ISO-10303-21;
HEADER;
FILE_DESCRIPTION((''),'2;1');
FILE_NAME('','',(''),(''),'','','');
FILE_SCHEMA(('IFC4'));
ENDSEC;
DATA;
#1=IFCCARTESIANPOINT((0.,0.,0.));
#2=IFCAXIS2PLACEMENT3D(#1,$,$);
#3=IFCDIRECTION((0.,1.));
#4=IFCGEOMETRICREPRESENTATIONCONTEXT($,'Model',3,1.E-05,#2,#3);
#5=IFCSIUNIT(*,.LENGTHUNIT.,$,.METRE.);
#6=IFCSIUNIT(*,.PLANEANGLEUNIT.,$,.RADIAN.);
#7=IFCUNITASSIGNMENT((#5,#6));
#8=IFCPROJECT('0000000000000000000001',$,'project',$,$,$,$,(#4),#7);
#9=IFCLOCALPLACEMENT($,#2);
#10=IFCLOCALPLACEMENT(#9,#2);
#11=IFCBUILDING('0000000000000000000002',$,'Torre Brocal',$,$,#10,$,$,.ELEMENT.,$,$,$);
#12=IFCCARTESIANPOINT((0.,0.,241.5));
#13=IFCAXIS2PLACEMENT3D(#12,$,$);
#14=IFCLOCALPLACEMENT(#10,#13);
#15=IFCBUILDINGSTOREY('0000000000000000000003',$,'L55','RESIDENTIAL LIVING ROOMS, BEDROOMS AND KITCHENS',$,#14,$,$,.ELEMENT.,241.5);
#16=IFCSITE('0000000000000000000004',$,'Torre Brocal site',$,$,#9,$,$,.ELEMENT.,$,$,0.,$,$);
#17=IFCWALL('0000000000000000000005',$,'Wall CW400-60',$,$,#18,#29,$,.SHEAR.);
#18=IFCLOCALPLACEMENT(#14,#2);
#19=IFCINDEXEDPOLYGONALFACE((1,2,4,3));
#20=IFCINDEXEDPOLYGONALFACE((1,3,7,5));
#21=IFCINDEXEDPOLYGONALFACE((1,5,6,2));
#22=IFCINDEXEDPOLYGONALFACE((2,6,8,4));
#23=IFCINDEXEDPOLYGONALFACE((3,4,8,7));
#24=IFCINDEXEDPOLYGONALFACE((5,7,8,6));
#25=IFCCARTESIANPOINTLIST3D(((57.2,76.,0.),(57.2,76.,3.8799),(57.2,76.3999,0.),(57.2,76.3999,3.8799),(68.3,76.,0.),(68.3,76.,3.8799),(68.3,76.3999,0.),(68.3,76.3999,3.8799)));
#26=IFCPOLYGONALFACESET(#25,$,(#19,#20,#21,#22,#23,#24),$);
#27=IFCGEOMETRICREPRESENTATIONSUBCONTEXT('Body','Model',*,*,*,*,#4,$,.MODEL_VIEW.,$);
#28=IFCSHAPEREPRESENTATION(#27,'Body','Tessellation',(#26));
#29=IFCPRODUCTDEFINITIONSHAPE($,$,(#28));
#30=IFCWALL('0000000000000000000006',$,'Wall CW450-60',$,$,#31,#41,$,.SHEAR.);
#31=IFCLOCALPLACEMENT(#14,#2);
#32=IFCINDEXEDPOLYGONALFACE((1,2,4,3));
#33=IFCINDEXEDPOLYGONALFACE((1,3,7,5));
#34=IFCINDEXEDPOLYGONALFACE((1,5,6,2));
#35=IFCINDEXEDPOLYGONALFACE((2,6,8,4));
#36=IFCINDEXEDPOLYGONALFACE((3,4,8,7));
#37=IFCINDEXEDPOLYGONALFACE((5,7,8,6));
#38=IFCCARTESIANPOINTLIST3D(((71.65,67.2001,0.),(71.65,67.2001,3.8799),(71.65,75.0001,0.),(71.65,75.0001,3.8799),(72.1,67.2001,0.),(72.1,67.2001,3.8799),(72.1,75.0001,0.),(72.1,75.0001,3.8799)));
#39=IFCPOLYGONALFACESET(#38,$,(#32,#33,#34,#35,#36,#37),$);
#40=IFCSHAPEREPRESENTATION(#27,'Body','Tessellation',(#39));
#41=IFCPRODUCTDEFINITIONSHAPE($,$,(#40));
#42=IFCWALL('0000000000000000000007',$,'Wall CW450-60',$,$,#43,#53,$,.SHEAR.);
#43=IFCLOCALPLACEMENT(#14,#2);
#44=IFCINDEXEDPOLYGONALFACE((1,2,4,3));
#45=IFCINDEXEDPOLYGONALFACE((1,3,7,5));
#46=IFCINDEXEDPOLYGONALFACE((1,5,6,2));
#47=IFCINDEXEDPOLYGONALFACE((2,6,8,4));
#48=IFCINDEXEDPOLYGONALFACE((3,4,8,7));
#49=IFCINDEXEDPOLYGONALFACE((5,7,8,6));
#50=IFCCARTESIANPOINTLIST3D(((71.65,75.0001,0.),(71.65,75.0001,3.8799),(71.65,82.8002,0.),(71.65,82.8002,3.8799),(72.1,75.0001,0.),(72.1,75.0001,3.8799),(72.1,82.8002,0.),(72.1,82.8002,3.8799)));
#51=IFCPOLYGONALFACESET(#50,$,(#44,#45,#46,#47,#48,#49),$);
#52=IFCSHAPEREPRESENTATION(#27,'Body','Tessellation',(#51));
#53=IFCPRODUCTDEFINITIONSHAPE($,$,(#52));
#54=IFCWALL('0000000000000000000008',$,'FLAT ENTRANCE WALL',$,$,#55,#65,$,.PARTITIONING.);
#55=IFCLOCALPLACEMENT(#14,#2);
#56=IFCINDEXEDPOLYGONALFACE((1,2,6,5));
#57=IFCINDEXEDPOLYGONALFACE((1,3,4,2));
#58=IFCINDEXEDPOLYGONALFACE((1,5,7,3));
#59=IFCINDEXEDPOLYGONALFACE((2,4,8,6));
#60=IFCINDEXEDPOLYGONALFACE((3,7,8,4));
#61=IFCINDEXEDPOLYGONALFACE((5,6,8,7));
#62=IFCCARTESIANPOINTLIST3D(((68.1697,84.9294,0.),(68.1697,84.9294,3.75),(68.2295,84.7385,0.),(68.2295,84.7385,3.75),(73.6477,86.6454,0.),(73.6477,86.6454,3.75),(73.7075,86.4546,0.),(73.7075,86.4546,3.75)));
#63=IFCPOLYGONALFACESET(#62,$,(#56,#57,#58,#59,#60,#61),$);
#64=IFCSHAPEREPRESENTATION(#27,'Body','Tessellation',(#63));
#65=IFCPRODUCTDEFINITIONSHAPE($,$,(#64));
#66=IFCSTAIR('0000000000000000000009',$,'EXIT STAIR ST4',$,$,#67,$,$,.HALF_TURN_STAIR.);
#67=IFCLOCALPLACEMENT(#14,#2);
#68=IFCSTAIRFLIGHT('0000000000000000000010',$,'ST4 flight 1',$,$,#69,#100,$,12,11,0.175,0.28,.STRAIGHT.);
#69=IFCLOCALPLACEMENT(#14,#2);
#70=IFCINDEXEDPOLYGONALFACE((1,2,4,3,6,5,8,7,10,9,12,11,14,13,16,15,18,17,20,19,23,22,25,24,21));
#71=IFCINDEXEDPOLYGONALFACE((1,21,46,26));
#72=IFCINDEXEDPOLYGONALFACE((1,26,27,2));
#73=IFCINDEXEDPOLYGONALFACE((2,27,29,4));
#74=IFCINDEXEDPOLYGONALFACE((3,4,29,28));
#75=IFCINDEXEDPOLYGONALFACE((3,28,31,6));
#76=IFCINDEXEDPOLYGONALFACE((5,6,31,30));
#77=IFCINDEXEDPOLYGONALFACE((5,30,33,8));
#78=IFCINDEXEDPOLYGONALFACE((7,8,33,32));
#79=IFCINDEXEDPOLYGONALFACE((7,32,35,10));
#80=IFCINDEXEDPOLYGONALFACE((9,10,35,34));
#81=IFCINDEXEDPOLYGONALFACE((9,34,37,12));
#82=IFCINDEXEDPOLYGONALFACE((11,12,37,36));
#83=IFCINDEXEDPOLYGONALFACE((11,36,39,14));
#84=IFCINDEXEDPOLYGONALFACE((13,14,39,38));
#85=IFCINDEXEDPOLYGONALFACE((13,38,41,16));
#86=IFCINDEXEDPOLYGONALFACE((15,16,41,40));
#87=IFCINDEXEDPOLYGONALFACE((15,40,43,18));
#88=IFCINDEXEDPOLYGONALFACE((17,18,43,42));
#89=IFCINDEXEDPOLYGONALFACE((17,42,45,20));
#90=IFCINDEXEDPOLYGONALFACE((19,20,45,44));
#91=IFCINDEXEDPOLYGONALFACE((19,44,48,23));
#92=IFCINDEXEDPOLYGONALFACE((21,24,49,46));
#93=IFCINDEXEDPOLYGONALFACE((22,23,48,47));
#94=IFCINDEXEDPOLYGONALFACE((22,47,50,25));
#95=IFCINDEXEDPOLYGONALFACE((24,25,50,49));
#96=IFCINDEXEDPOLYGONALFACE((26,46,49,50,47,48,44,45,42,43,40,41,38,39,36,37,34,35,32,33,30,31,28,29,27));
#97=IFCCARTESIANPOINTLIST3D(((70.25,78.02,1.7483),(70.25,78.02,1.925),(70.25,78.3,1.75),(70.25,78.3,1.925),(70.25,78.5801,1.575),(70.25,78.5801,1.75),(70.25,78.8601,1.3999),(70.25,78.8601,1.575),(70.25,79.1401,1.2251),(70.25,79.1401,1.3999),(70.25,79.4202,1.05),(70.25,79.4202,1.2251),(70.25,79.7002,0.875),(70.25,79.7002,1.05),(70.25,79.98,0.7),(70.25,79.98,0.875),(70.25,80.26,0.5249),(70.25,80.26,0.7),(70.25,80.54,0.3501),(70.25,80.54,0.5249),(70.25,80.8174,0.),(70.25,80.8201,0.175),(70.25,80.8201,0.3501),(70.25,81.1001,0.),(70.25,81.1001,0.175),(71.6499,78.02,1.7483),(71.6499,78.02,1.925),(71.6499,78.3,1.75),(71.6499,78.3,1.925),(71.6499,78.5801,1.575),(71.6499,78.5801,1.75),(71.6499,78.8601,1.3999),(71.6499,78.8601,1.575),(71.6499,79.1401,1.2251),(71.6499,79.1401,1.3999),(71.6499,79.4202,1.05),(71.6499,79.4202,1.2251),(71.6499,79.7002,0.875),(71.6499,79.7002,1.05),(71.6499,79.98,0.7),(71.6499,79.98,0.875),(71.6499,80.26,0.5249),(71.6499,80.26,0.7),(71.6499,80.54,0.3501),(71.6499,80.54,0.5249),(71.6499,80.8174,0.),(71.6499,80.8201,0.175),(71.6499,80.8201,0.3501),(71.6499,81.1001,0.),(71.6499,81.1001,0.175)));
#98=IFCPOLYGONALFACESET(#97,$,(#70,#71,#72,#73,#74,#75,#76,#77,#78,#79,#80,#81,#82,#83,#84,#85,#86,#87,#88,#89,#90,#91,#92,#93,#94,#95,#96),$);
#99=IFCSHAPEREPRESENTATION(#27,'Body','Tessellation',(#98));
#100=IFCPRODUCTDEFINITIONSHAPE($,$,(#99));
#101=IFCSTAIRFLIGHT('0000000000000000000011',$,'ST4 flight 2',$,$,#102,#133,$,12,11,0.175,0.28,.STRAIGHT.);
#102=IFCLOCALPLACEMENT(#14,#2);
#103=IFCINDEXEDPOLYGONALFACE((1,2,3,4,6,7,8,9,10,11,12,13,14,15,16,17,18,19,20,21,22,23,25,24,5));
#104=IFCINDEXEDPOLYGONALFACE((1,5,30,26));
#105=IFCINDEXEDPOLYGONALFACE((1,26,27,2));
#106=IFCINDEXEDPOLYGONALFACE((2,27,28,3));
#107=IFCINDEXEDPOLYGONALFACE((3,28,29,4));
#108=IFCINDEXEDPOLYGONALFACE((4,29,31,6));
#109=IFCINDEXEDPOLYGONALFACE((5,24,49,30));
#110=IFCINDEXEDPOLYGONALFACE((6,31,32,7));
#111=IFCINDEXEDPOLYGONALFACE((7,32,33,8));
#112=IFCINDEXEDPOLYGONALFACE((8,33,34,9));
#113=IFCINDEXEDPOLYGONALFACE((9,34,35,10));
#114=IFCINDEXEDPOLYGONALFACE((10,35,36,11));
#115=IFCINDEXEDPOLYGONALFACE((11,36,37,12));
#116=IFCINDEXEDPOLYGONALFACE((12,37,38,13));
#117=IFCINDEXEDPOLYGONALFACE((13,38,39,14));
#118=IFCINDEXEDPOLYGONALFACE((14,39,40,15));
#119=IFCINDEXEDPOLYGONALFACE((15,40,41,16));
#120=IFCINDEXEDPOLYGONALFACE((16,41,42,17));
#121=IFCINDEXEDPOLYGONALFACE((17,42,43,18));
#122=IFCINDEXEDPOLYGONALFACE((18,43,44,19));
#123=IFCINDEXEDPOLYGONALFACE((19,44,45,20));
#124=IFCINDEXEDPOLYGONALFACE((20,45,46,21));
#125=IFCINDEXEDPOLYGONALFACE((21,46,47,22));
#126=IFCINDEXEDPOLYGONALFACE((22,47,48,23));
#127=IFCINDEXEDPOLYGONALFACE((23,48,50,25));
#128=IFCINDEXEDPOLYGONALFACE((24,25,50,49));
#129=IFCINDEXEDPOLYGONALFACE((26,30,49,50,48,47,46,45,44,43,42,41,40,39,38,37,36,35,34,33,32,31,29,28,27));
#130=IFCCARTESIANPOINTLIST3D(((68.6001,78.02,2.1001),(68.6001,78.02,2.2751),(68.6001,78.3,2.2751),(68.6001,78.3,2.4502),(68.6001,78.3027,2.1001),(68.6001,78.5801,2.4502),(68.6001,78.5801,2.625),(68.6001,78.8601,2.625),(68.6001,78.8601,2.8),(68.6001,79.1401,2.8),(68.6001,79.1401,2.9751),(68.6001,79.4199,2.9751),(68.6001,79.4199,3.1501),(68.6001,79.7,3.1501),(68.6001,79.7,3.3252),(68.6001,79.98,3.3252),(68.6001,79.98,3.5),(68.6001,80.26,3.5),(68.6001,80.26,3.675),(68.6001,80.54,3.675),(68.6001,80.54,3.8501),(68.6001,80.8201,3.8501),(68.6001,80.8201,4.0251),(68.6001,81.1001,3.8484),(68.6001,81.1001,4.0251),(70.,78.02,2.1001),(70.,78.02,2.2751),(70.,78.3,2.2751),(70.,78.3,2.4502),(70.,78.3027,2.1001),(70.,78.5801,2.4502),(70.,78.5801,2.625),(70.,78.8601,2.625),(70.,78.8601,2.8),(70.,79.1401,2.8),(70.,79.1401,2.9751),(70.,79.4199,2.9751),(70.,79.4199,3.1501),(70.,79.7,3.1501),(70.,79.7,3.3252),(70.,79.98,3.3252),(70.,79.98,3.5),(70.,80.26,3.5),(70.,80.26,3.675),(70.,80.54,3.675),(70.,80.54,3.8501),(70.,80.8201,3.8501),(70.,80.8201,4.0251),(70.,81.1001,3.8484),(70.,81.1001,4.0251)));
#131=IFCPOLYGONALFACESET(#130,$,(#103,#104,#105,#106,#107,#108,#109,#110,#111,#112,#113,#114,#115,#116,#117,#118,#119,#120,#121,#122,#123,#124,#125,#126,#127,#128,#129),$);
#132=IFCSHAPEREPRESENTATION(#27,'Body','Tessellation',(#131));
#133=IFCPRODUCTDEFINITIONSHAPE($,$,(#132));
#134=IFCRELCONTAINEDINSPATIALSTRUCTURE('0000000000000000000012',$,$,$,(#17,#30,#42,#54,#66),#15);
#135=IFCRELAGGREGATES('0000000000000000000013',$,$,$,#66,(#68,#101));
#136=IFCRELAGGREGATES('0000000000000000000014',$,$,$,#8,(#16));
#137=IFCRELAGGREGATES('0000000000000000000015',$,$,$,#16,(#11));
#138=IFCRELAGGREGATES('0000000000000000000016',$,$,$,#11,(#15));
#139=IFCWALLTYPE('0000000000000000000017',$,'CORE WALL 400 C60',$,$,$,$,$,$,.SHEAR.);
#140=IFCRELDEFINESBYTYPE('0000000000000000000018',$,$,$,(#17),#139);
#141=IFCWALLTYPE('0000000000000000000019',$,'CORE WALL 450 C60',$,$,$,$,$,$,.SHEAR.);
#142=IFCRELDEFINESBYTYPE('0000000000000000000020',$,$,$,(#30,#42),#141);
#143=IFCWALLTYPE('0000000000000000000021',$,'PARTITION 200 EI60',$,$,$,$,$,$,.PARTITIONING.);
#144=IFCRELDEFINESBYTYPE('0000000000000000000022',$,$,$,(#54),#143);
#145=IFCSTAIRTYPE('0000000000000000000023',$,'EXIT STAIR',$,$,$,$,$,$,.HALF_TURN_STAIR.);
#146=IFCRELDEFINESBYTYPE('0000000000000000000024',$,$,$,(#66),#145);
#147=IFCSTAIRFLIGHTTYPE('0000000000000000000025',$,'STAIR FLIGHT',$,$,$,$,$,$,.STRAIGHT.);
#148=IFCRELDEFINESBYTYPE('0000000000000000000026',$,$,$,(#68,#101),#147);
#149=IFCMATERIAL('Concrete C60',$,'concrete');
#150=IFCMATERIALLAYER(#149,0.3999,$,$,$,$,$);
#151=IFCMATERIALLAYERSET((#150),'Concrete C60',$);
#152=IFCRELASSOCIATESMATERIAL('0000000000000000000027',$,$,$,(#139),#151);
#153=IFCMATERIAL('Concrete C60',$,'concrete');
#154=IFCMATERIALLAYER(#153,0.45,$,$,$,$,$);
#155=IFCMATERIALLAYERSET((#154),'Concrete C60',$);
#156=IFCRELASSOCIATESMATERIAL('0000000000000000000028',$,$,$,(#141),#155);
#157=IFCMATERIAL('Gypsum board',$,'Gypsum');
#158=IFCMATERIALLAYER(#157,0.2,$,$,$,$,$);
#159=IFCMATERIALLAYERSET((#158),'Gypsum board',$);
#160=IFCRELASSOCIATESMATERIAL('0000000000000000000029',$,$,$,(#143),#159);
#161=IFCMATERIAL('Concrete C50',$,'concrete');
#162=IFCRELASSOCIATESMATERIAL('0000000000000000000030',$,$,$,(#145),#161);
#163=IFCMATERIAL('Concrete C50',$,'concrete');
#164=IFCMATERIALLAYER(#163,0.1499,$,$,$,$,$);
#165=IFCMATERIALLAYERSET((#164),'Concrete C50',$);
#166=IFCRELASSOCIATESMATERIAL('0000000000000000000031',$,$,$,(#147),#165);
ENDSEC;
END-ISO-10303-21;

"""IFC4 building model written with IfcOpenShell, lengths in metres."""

from ifc_helpers import new_model, si_unit, direction, frame, frame_2d, origin, place, context, subcontext, project, spatial, polyline, rectangle, outline, extrude, material, layer, layer_set, type_object, element, aggregate, save


model = new_model("IFC4")

# Units and contexts
model_context = context("Model", 3, precision=1e-05, world=origin(), true_north=direction((0.0, 1.0)))
body_context = subcontext(model_context, "Body", "Model", "MODEL_VIEW")
ifc_project = project(units=[si_unit("LENGTHUNIT", "METRE"), si_unit("PLANEANGLEUNIT", "RADIAN")], contexts=[model_context])

# Site, building, storey
site_placement = place(None, origin())
site = spatial("IfcSite", under=ifc_project, at=site_placement, Name="Torre Brocal site", CompositionType="ELEMENT", RefElevation=0.0)
building_placement = place(site_placement, origin())
building = spatial("IfcBuilding", under=site, at=building_placement, Name="Torre Brocal", CompositionType="ELEMENT")
storey_placement = place(building_placement, frame((0.0, 0.0, 241.5)))
storey = spatial("IfcBuildingStorey", under=building, at=storey_placement, Name="L55", Description="RESIDENTIAL LIVING ROOMS, BEDROOMS AND KITCHENS", CompositionType="ELEMENT", Elevation=241.5)

# Walls
ifc_material_1 = material(Name="Concrete C60", Category="concrete")
ifc_layer_1 = layer(ifc_material_1, 0.3999)
ifc_layer_set_1 = layer_set([ifc_layer_1], Name="Concrete C60")
wall_type_1 = type_object("IfcWallType", Name="CORE WALL 400 C60", PredefinedType="SHEAR", material=ifc_layer_set_1)
wall_1_placement = place(storey_placement, frame((68.3, 76.2, 0.0), z_axis=(0.0, 0.0, 1.0), x_axis=(-1.0, 0.0, 0.0)))
element("IfcWall", 1, at=wall_1_placement, inside=storey, type_object=wall_type_1, Name="Wall CW400-60", PredefinedType="SHEAR", context=body_context, shape_type="SweptSolid", body=[
    extrude(rectangle(XDim=11.1001, YDim=0.3999, at=frame_2d((5.55, 0.0))), origin(), (0.0, 0.0, 1.0), 3.8799),
])
ifc_material_2 = material(Name="Concrete C60", Category="concrete")
ifc_layer_2 = layer(ifc_material_2, 0.45)
ifc_layer_set_2 = layer_set([ifc_layer_2], Name="Concrete C60")
wall_type_2 = type_object("IfcWallType", Name="CORE WALL 450 C60", PredefinedType="SHEAR", material=ifc_layer_set_2)
for number, where, z_axis, x_axis, name in (
    (2, (71.875, 75.0, 0.0), (0.0, 0.0, 1.0), (0.0, -1.0, 0.0), "Wall CW450-60"),
    (3, (71.875, 82.8, 0.0), (0.0, 0.0, 1.0), (0.0, -1.0, 0.0), "Wall CW450-60"),
):
    element("IfcWall", number, at=place(storey_placement, frame(where, z_axis=z_axis, x_axis=x_axis)), inside=storey, type_object=wall_type_2, Name=name, PredefinedType="SHEAR", context=body_context, shape_type="SweptSolid", body=[
        extrude(rectangle(XDim=7.8, YDim=0.45, at=frame_2d((3.8999, 0.0))), origin(), (0.0, 0.0, 1.0), 3.8799),
    ])
ifc_material_3 = material(Name="Gypsum board", Category="Gypsum")
ifc_layer_3 = layer(ifc_material_3, 0.2)
ifc_layer_set_3 = layer_set([ifc_layer_3], Name="Gypsum board")
wall_type_3 = type_object("IfcWallType", Name="PARTITION 200 EI60", PredefinedType="PARTITIONING", material=ifc_layer_set_3)
wall_2_placement = place(storey_placement, frame((68.1997, 84.834, 0.0), z_axis=(0.0, 0.0, 1.0), x_axis=(0.954272, 0.298938, 0.0)))
element("IfcWall", 4, at=wall_2_placement, inside=storey, type_object=wall_type_3, Name="FLAT ENTRANCE WALL", PredefinedType="PARTITIONING", context=body_context, shape_type="SweptSolid", body=[
    extrude(rectangle(XDim=5.7405, YDim=0.2, at=frame_2d((2.8701, 0.0))), origin(), (0.0, 0.0, 1.0), 3.75),
])

# Stair, stair flights
ifc_material_4 = material(Name="Concrete C50", Category="concrete")
stair_type = type_object("IfcStairType", Name="EXIT STAIR", PredefinedType="HALF_TURN_STAIR", material=ifc_material_4)
stair_placement = place(storey_placement, origin())
stair = element("IfcStair", 5, at=stair_placement, inside=storey, type_object=stair_type, Name="EXIT STAIR ST4", PredefinedType="HALF_TURN_STAIR")
ifc_material_5 = material(Name="Concrete C50", Category="concrete")
ifc_layer_4 = layer(ifc_material_5, 0.1499)
ifc_layer_set_4 = layer_set([ifc_layer_4], Name="Concrete C50")
stair_flight_type = type_object("IfcStairFlightType", Name="STAIR FLIGHT", PredefinedType="STRAIGHT", material=ifc_layer_set_4)
stair_flight_1_placement = place(storey_placement, frame((70.95, 81.1001, 0.0), z_axis=(0.0, 0.0, 1.0), x_axis=(0.0, -1.0, 0.0)))
stair_flight_1 = element("IfcStairFlight", 6, at=stair_flight_1_placement, type_object=stair_flight_type, Name="ST4 flight 1", NumberOfRisers=12, NumberOfTreads=11, PredefinedType="STRAIGHT", RiserHeight=0.175, TreadLength=0.28, context=body_context, shape_type="SweptSolid", body=[
    extrude(outline(polyline([(0.0, 0.0), (0.0, 0.175), (0.28, 0.175), (0.28, 0.3501), (0.5601, 0.3501), (0.5601, 0.5249), (0.8401, 0.5249), (0.8401, 0.7), (1.1201, 0.7), (1.1201, 0.875), (1.3999, 0.875), (1.3999, 1.05), (1.6799, 1.05), (1.6799, 1.2251), (1.96, 1.2251), (1.96, 1.3999), (2.24, 1.3999), (2.24, 1.575), (2.52, 1.575), (2.52, 1.75), (2.8, 1.75), (2.8, 1.925), (3.0801, 1.925), (3.0801, 2.1001), (3.0801, 1.7483), (0.2827, 0.0), (0.0, 0.0)])), frame((0.0, 0.7, 0.0), z_axis=(0.0, -1.0, 0.0), x_axis=(1.0, 0.0, 0.0)), (0.0, 0.0, 1.0), 1.3999),
])
stair_flight_2_placement = place(storey_placement, frame((69.3, 78.02, 2.1001), z_axis=(0.0, 0.0, 1.0), x_axis=(0.0, 1.0, 0.0)))
stair_flight_2 = element("IfcStairFlight", 7, at=stair_flight_2_placement, type_object=stair_flight_type, Name="ST4 flight 2", NumberOfRisers=12, NumberOfTreads=11, PredefinedType="STRAIGHT", RiserHeight=0.175, TreadLength=0.28, context=body_context, shape_type="SweptSolid", body=[
    extrude(outline(polyline([(0.0, 0.0), (0.0, 0.175), (0.28, 0.175), (0.28, 0.3501), (0.5601, 0.3501), (0.5601, 0.5249), (0.8401, 0.5249), (0.8401, 0.7), (1.1201, 0.7), (1.1201, 0.875), (1.3999, 0.875), (1.3999, 1.05), (1.6799, 1.05), (1.6799, 1.2251), (1.96, 1.2251), (1.96, 1.3999), (2.24, 1.3999), (2.24, 1.575), (2.52, 1.575), (2.52, 1.75), (2.8, 1.75), (2.8, 1.925), (3.0801, 1.925), (3.0801, 2.1001), (3.0801, 1.7483), (0.2827, 0.0), (0.0, 0.0)])), frame((0.0, 0.7, 0.0), z_axis=(0.0, -1.0, 0.0), x_axis=(1.0, 0.0, 0.0)), (0.0, 0.0, 1.0), 1.3999),
])
aggregate(stair, [stair_flight_1, stair_flight_2])

save(model, "model.ifc")
